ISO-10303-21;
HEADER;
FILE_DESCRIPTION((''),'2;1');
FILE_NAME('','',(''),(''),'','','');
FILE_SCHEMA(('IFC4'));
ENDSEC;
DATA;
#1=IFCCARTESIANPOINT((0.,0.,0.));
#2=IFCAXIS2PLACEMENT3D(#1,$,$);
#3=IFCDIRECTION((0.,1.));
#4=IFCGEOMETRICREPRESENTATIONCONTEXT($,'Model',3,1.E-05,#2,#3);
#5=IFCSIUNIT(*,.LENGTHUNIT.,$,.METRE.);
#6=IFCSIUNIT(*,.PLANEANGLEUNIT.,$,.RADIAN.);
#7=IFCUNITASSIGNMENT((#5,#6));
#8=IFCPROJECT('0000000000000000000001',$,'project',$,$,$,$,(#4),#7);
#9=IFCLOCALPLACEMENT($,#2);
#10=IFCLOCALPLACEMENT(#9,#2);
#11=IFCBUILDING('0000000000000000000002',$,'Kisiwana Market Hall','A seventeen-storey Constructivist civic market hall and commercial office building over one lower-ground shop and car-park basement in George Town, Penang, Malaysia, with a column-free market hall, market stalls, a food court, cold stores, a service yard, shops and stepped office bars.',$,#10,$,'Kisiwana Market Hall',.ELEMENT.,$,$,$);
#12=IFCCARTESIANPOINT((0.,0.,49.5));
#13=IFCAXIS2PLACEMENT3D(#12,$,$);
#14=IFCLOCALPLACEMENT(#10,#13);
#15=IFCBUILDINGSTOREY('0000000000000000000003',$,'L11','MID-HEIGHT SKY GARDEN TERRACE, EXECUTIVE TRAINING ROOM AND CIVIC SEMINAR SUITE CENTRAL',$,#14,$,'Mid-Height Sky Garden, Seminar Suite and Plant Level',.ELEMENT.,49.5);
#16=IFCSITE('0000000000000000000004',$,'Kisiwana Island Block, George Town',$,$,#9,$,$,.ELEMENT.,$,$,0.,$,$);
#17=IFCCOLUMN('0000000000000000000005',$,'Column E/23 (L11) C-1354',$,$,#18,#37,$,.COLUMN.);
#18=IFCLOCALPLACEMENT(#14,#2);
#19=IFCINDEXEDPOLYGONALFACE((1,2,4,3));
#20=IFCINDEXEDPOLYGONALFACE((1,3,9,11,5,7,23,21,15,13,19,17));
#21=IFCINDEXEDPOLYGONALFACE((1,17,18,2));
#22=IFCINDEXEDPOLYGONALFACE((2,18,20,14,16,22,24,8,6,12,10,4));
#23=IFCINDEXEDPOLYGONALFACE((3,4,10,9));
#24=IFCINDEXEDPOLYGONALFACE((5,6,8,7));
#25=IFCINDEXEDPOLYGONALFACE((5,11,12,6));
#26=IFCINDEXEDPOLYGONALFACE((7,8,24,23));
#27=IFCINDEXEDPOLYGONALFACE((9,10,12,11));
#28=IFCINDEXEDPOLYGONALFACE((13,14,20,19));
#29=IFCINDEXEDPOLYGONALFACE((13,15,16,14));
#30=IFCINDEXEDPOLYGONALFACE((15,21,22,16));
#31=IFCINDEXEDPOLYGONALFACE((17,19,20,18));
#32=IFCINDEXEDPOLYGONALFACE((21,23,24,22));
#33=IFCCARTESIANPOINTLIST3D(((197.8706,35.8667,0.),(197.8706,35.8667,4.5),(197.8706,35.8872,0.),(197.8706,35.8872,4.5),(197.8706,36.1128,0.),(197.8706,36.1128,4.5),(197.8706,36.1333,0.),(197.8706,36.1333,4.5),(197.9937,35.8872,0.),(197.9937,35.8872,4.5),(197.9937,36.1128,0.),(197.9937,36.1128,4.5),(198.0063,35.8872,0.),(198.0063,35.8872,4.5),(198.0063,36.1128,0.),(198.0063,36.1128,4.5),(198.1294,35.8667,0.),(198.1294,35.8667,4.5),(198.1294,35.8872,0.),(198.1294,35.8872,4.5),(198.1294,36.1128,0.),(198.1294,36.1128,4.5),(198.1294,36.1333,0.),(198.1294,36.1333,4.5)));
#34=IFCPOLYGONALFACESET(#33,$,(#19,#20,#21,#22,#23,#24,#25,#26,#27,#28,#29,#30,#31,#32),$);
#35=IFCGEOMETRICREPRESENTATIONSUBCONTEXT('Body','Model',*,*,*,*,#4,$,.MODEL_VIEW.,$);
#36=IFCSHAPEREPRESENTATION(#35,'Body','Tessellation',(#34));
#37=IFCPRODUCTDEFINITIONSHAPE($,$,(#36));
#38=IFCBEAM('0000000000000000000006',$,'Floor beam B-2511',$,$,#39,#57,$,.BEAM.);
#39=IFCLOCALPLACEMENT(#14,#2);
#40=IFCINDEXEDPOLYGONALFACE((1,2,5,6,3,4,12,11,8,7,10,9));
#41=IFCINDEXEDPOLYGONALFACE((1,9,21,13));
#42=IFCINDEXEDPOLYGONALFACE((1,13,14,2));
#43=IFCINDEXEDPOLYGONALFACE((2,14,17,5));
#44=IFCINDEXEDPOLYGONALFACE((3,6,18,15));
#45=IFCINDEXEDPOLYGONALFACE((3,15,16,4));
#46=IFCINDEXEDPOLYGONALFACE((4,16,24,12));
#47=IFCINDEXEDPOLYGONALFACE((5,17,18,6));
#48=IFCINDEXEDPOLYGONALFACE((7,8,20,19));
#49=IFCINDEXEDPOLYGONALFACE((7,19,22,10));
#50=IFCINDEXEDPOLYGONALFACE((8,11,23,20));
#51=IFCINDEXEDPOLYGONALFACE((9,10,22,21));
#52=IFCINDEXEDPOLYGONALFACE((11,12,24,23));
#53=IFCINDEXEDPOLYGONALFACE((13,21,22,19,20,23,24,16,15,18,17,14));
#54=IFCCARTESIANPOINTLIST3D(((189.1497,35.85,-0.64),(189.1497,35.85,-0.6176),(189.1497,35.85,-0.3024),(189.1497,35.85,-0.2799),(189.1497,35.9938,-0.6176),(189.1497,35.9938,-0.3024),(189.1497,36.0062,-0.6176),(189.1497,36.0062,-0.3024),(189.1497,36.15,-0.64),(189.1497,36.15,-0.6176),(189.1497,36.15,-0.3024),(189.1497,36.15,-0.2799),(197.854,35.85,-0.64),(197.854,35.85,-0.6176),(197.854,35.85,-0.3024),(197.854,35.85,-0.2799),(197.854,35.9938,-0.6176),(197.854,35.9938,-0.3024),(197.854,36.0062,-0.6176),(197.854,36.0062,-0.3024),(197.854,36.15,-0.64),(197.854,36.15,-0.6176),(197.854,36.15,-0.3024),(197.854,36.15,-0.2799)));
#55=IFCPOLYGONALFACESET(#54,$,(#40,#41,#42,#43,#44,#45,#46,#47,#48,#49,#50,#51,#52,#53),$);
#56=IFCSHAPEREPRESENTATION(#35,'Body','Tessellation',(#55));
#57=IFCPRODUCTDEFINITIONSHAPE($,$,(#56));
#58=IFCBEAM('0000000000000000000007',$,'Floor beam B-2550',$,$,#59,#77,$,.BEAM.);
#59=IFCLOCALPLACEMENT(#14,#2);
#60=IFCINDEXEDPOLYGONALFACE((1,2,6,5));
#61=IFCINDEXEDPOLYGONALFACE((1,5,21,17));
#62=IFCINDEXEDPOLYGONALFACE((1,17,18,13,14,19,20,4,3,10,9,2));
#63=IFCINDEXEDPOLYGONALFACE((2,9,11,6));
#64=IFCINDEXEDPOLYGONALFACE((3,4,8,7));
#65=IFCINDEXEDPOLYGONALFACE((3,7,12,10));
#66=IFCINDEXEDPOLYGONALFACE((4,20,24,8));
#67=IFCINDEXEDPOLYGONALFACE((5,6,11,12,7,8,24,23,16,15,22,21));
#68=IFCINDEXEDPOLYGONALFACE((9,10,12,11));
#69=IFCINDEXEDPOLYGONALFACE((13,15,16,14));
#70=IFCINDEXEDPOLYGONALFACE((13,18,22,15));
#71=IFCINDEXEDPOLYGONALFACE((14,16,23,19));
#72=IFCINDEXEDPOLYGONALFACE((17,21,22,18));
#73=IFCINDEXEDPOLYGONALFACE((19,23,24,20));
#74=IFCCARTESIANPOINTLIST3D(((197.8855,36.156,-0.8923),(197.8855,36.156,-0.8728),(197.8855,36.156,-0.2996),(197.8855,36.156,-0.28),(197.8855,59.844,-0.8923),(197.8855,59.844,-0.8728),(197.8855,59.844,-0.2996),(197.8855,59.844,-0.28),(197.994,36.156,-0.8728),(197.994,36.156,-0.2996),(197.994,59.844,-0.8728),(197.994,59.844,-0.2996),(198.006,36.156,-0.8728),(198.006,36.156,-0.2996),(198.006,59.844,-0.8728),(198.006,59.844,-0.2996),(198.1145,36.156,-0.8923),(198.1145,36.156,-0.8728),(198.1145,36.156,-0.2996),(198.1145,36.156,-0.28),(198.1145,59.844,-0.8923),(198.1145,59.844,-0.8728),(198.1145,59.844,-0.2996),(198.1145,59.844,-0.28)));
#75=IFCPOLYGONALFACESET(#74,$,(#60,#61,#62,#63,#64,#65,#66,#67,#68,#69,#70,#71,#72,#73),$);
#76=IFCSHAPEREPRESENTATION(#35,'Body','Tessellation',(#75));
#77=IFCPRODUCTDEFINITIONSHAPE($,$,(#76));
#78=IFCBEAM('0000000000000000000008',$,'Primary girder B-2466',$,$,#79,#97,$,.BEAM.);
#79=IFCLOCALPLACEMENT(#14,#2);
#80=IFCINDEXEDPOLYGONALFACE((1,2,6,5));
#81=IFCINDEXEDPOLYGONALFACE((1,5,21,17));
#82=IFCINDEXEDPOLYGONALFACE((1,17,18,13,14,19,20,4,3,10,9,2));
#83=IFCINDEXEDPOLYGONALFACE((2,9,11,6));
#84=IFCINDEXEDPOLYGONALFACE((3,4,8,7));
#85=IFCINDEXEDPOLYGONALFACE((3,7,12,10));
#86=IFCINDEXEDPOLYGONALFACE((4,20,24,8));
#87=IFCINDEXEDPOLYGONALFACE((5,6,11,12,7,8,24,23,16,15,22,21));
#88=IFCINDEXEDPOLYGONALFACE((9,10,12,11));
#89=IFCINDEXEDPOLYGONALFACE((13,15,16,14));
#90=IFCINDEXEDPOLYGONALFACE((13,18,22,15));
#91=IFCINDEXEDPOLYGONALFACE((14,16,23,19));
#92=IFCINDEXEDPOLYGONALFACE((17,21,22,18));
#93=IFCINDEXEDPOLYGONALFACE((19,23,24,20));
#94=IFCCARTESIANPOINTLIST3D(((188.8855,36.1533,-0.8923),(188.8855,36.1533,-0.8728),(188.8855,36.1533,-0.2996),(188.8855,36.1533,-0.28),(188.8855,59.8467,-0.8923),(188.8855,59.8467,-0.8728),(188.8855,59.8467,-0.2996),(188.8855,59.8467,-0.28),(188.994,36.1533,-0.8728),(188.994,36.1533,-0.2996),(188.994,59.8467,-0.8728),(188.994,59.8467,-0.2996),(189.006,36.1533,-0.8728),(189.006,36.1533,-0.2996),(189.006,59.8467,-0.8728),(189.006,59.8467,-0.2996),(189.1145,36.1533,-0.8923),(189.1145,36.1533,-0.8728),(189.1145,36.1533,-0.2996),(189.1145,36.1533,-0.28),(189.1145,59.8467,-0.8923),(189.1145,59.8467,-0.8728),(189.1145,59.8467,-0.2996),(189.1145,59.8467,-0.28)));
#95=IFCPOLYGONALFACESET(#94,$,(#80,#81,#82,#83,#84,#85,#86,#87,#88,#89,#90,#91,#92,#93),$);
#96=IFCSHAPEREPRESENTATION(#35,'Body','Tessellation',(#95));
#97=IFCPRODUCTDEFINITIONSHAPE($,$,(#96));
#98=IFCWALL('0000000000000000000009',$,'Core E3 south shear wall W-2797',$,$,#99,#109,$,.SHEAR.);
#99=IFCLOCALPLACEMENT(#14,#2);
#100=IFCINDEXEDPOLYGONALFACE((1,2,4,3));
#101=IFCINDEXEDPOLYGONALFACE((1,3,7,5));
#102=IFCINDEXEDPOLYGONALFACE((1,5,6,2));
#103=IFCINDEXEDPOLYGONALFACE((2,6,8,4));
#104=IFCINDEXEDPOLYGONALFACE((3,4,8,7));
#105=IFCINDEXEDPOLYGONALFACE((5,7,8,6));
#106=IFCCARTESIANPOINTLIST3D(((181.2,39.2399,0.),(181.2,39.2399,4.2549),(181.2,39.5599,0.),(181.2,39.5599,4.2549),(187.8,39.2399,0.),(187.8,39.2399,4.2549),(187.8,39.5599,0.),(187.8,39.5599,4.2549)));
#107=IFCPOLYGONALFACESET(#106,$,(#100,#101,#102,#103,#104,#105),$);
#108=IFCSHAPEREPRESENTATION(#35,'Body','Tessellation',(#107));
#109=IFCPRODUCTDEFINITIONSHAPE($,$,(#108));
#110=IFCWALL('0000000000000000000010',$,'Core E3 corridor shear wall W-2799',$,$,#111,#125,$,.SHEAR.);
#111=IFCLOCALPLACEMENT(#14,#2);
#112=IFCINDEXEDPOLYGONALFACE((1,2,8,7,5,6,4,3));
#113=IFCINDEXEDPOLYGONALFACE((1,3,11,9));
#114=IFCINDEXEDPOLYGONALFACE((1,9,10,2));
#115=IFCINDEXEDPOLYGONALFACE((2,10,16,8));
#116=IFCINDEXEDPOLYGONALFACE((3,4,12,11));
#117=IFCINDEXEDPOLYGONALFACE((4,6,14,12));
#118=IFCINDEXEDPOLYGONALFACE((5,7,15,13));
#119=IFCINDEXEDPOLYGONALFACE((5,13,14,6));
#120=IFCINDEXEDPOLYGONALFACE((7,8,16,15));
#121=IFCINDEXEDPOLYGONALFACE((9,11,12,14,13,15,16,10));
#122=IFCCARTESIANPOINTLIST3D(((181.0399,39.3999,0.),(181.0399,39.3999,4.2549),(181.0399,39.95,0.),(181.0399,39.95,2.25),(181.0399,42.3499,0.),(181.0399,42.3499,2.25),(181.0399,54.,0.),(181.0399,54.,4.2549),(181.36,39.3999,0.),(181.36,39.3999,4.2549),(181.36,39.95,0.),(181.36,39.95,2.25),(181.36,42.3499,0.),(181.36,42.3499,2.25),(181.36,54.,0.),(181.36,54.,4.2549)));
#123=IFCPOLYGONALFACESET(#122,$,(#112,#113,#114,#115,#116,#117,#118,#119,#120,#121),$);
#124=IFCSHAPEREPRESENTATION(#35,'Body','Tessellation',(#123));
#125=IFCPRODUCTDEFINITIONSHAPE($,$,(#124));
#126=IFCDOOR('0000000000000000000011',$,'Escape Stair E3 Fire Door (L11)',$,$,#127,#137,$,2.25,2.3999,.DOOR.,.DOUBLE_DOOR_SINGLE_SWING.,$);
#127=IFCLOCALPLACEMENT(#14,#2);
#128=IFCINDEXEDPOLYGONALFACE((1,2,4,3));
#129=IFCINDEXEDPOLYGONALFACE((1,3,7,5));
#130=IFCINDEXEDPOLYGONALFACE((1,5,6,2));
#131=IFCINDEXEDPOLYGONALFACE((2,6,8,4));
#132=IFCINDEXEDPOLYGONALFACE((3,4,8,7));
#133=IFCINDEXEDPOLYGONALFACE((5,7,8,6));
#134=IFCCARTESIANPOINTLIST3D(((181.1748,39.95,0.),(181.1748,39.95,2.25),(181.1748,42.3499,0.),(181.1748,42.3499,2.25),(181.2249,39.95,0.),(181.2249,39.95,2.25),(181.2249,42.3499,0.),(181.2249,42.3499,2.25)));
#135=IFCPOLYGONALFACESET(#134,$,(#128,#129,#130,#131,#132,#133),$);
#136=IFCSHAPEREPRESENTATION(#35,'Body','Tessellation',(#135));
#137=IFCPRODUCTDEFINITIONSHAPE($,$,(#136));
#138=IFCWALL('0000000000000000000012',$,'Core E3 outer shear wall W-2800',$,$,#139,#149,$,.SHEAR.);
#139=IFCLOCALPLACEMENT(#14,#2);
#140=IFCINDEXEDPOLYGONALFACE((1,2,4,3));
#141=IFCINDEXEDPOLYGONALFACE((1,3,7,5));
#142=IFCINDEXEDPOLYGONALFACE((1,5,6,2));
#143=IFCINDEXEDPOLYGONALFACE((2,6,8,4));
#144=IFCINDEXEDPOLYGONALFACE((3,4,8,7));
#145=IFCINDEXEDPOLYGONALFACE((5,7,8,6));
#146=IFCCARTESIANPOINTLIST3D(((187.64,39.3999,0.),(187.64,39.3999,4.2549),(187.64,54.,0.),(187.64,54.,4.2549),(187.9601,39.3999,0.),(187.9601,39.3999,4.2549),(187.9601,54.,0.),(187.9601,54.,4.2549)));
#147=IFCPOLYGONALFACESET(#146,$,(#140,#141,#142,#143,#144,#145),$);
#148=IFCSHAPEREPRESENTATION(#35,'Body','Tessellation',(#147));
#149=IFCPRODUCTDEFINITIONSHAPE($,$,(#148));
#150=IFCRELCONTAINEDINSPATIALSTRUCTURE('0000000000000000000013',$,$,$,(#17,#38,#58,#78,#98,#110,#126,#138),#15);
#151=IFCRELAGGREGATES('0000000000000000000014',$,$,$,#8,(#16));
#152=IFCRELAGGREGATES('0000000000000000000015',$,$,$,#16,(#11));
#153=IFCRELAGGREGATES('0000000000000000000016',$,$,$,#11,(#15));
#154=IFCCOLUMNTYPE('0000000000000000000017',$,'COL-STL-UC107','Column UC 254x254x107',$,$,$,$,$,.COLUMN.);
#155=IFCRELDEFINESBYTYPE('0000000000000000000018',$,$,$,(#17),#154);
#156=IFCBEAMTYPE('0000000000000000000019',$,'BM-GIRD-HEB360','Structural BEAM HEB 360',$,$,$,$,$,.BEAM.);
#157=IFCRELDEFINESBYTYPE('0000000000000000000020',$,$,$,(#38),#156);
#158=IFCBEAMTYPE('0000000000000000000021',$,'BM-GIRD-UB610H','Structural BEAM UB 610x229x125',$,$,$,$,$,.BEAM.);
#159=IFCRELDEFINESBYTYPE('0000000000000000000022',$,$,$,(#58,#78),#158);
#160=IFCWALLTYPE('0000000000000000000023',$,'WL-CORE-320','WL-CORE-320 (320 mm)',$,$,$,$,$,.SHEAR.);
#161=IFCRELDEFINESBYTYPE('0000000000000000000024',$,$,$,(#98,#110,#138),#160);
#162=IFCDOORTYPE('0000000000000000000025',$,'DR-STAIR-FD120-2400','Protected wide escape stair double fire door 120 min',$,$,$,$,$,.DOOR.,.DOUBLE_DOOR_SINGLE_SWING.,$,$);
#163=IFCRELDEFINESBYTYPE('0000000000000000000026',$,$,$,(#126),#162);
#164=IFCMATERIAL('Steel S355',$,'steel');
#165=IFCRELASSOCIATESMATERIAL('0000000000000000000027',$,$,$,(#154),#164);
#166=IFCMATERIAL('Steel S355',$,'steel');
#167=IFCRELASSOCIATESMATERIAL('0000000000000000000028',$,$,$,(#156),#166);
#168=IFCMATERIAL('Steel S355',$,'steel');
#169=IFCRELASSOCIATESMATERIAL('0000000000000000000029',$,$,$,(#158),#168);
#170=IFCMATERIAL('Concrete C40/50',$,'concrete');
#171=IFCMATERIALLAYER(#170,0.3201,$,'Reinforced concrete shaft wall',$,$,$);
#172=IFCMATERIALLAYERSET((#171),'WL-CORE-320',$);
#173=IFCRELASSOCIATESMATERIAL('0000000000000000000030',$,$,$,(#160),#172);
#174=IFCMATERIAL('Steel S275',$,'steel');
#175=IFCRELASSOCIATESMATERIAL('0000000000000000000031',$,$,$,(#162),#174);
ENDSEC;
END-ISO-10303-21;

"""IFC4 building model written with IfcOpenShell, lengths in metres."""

from ifc_helpers import new_model, si_unit, direction, frame, frame_2d, origin, origin_2d, place, context, subcontext, project, spatial, rectangle, i_section, extrude, material, layer, layer_set, material_profile, profile_set, type_object, element, fill, save


model = new_model("IFC4")

# Units and contexts
model_context = context("Model", 3, precision=1e-05, world=origin(), true_north=direction((0.0, 1.0)))
body_context = subcontext(model_context, "Body", "Model", "MODEL_VIEW")
ifc_project = project(units=[si_unit("LENGTHUNIT", "METRE"), si_unit("PLANEANGLEUNIT", "RADIAN")], contexts=[model_context])

# Site, building, storey
site_placement = place(None, origin())
site = spatial("IfcSite", under=ifc_project, at=site_placement, Name="Kisiwana Island Block, George Town", CompositionType="ELEMENT", RefElevation=0.0)
building_placement = place(site_placement, origin())
building = spatial("IfcBuilding", under=site, at=building_placement, Name="Kisiwana Market Hall", Description="A seventeen-storey Constructivist civic market hall and commercial office building over one lower-ground shop and car-park basement in George Town, Penang, Malaysia, with a column-free market hall, market stalls, a food court, cold stores, a service yard, shops and stepped office bars.", LongName="Kisiwana Market Hall", CompositionType="ELEMENT")
storey_placement = place(building_placement, frame((0.0, 0.0, 49.5)))
storey = spatial("IfcBuildingStorey", under=building, at=storey_placement, Name="L11", Description="MID-HEIGHT SKY GARDEN TERRACE, EXECUTIVE TRAINING ROOM AND CIVIC SEMINAR SUITE CENTRAL", LongName="Mid-Height Sky Garden, Seminar Suite and Plant Level", CompositionType="ELEMENT", Elevation=49.5)

# Column
ifc_material_1 = material(Name="Steel S355", Category="steel")
ifc_material_profile_1 = material_profile(ifc_material_1, i_section(OverallWidth=0.2588, OverallDepth=0.2666, WebThickness=0.0127, FlangeThickness=0.0205, at=origin_2d()), Name="UC 254x254x107")
ifc_profile_set_1 = profile_set([ifc_material_profile_1], Name="Steel S355")
column_type = type_object("IfcColumnType", Name="COL-STL-UC107", Description="Column UC 254x254x107", PredefinedType="COLUMN", material=ifc_profile_set_1)
column_placement = place(storey_placement, frame((198.0, 36.0, 0.0), z_axis=(0.0, 0.0, 1.0), x_axis=(1.0, 0.0, 0.0)))
element("IfcColumn", 1, at=column_placement, inside=storey, type_object=column_type, Name="Column E/23 (L11) C-1354", PredefinedType="COLUMN", context=body_context, shape_type="SweptSolid", body=[
    extrude(i_section(OverallWidth=0.2588, OverallDepth=0.2666, WebThickness=0.0127, FlangeThickness=0.0205, at=origin_2d()), origin(), (0.0, 0.0, 1.0), 4.5),
])

# Beams
ifc_material_2 = material(Name="Steel S355", Category="steel")
ifc_material_profile_2 = material_profile(ifc_material_2, i_section(OverallWidth=0.3, OverallDepth=0.3601, WebThickness=0.0125, FlangeThickness=0.0225, at=origin_2d()), Name="HEB 360")
ifc_profile_set_2 = profile_set([ifc_material_profile_2], Name="Steel S355")
beam_type_1 = type_object("IfcBeamType", Name="BM-GIRD-HEB360", Description="Structural BEAM HEB 360", PredefinedType="BEAM", material=ifc_profile_set_2)
beam_1_placement = place(storey_placement, frame((189.1497, 36.0, -0.46), z_axis=(1.0, 0.0, 0.0), x_axis=(0.0, 1.0, 0.0)))
element("IfcBeam", 2, at=beam_1_placement, inside=storey, type_object=beam_type_1, Name="Floor beam B-2511", PredefinedType="BEAM", context=body_context, shape_type="SweptSolid", body=[
    extrude(i_section(OverallWidth=0.3, OverallDepth=0.3601, WebThickness=0.0125, FlangeThickness=0.0225, at=origin_2d()), origin(), (0.0, 0.0, 1.0), 8.7043),
])
ifc_material_3 = material(Name="Steel S355", Category="steel")
ifc_material_profile_3 = material_profile(ifc_material_3, i_section(OverallWidth=0.229, OverallDepth=0.6123, WebThickness=0.012, FlangeThickness=0.0195, at=origin_2d()), Name="UB 610x229x125")
ifc_profile_set_3 = profile_set([ifc_material_profile_3], Name="Steel S355")
beam_type_2 = type_object("IfcBeamType", Name="BM-GIRD-UB610H", Description="Structural BEAM UB 610x229x125", PredefinedType="BEAM", material=ifc_profile_set_3)
beam_2_placement = place(storey_placement, frame((198.0, 36.156, -0.5862), z_axis=(0.0, 1.0, 0.0), x_axis=(-1.0, 0.0, 0.0)))
element("IfcBeam", 3, at=beam_2_placement, inside=storey, type_object=beam_type_2, Name="Floor beam B-2550", PredefinedType="BEAM", context=body_context, shape_type="SweptSolid", body=[
    extrude(i_section(OverallWidth=0.229, OverallDepth=0.6123, WebThickness=0.012, FlangeThickness=0.0195, at=origin_2d()), origin(), (0.0, 0.0, 1.0), 23.688),
])
beam_3_placement = place(storey_placement, frame((189.0, 36.1533, -0.5862), z_axis=(0.0, 1.0, 0.0), x_axis=(-1.0, 0.0, 0.0)))
element("IfcBeam", 4, at=beam_3_placement, inside=storey, type_object=beam_type_2, Name="Primary girder B-2466", PredefinedType="BEAM", context=body_context, shape_type="SweptSolid", body=[
    extrude(i_section(OverallWidth=0.229, OverallDepth=0.6123, WebThickness=0.012, FlangeThickness=0.0195, at=origin_2d()), origin(), (0.0, 0.0, 1.0), 23.6934),
])

# Wall
ifc_material_4 = material(Name="Concrete C40/50", Category="concrete")
ifc_layer_1 = layer(ifc_material_4, 0.3201, Name="Reinforced concrete shaft wall")
ifc_layer_set_1 = layer_set([ifc_layer_1], Name="WL-CORE-320")
wall_type_1 = type_object("IfcWallType", Name="WL-CORE-320", Description="WL-CORE-320 (320 mm)", PredefinedType="SHEAR", material=ifc_layer_set_1)
wall_1_placement = place(storey_placement, frame((181.2, 39.3999, 0.0), z_axis=(0.0, 0.0, 1.0), x_axis=(1.0, 0.0, 0.0)))
element("IfcWall", 5, at=wall_1_placement, inside=storey, type_object=wall_type_1, Name="Core E3 south shear wall W-2797", PredefinedType="SHEAR", context=body_context, shape_type="SweptSolid", body=[
    extrude(rectangle(XDim=6.6001, YDim=0.3201, at=frame_2d((3.3, 0.0))), origin(), (0.0, 0.0, 1.0), 4.2549),
])

# Wall, opening, door
wall_2_placement = place(storey_placement, frame((181.2, 39.3999, 0.0), z_axis=(0.0, 0.0, 1.0), x_axis=(0.0, 1.0, 0.0)))
wall_2 = element("IfcWall", 6, at=wall_2_placement, inside=storey, type_object=wall_type_1, Name="Core E3 corridor shear wall W-2799", PredefinedType="SHEAR", context=body_context, shape_type="SweptSolid", body=[
    extrude(rectangle(XDim=14.6001, YDim=0.3201, at=frame_2d((7.3, 0.0))), origin(), (0.0, 0.0, 1.0), 4.2549),
])
opening_1_placement = place(wall_2_placement, frame((0.55, 0.0, 0.0)))
opening_1 = element("IfcOpeningElement", 7, at=opening_1_placement, cuts=wall_2, PredefinedType="OPENING", context=body_context, shape_type="SweptSolid", body=[
    extrude(rectangle(XDim=2.3999, YDim=2.25, at=frame_2d((1.2, 1.125))), frame((0.0, 0.1719, 0.0), z_axis=(0.0, -1.0, 0.0), x_axis=(1.0, 0.0, 0.0)), (0.0, 0.0, 1.0), 0.344),
])
ifc_material_5 = material(Name="Steel S275", Category="steel")
door_type_1 = type_object("IfcDoorType", Name="DR-STAIR-FD120-2400", Description="Protected wide escape stair double fire door 120 min", OperationType="DOUBLE_DOOR_SINGLE_SWING", PredefinedType="DOOR", material=ifc_material_5)
door_1_placement = place(opening_1_placement, frame((2.3999, 0.0, 0.0), z_axis=(0.0, 0.0, 1.0), x_axis=(-1.0, 0.0, 0.0)))
door_1 = element("IfcDoor", 8, at=door_1_placement, inside=storey, type_object=door_type_1, Name="Escape Stair E3 Fire Door (L11)", OperationType="DOUBLE_DOOR_SINGLE_SWING", OverallHeight=2.25, OverallWidth=2.3999, PredefinedType="DOOR", context=body_context, shape_type="SweptSolid", body=[
    extrude(rectangle(XDim=2.3999, YDim=2.25, at=frame_2d((1.2, 1.125))), frame((0.0, 0.0249, 0.0), z_axis=(0.0, -1.0, 0.0), x_axis=(1.0, 0.0, 0.0)), (0.0, 0.0, 1.0), 0.05),
])
fill(opening_1, door_1)

# Wall
wall_3_placement = place(storey_placement, frame((187.8, 39.3999, 0.0), z_axis=(0.0, 0.0, 1.0), x_axis=(0.0, 1.0, 0.0)))
element("IfcWall", 9, at=wall_3_placement, inside=storey, type_object=wall_type_1, Name="Core E3 outer shear wall W-2800", PredefinedType="SHEAR", context=body_context, shape_type="SweptSolid", body=[
    extrude(rectangle(XDim=14.6001, YDim=0.3201, at=frame_2d((7.3, 0.0))), origin(), (0.0, 0.0, 1.0), 4.2549),
])

save(model, "model.ifc")
